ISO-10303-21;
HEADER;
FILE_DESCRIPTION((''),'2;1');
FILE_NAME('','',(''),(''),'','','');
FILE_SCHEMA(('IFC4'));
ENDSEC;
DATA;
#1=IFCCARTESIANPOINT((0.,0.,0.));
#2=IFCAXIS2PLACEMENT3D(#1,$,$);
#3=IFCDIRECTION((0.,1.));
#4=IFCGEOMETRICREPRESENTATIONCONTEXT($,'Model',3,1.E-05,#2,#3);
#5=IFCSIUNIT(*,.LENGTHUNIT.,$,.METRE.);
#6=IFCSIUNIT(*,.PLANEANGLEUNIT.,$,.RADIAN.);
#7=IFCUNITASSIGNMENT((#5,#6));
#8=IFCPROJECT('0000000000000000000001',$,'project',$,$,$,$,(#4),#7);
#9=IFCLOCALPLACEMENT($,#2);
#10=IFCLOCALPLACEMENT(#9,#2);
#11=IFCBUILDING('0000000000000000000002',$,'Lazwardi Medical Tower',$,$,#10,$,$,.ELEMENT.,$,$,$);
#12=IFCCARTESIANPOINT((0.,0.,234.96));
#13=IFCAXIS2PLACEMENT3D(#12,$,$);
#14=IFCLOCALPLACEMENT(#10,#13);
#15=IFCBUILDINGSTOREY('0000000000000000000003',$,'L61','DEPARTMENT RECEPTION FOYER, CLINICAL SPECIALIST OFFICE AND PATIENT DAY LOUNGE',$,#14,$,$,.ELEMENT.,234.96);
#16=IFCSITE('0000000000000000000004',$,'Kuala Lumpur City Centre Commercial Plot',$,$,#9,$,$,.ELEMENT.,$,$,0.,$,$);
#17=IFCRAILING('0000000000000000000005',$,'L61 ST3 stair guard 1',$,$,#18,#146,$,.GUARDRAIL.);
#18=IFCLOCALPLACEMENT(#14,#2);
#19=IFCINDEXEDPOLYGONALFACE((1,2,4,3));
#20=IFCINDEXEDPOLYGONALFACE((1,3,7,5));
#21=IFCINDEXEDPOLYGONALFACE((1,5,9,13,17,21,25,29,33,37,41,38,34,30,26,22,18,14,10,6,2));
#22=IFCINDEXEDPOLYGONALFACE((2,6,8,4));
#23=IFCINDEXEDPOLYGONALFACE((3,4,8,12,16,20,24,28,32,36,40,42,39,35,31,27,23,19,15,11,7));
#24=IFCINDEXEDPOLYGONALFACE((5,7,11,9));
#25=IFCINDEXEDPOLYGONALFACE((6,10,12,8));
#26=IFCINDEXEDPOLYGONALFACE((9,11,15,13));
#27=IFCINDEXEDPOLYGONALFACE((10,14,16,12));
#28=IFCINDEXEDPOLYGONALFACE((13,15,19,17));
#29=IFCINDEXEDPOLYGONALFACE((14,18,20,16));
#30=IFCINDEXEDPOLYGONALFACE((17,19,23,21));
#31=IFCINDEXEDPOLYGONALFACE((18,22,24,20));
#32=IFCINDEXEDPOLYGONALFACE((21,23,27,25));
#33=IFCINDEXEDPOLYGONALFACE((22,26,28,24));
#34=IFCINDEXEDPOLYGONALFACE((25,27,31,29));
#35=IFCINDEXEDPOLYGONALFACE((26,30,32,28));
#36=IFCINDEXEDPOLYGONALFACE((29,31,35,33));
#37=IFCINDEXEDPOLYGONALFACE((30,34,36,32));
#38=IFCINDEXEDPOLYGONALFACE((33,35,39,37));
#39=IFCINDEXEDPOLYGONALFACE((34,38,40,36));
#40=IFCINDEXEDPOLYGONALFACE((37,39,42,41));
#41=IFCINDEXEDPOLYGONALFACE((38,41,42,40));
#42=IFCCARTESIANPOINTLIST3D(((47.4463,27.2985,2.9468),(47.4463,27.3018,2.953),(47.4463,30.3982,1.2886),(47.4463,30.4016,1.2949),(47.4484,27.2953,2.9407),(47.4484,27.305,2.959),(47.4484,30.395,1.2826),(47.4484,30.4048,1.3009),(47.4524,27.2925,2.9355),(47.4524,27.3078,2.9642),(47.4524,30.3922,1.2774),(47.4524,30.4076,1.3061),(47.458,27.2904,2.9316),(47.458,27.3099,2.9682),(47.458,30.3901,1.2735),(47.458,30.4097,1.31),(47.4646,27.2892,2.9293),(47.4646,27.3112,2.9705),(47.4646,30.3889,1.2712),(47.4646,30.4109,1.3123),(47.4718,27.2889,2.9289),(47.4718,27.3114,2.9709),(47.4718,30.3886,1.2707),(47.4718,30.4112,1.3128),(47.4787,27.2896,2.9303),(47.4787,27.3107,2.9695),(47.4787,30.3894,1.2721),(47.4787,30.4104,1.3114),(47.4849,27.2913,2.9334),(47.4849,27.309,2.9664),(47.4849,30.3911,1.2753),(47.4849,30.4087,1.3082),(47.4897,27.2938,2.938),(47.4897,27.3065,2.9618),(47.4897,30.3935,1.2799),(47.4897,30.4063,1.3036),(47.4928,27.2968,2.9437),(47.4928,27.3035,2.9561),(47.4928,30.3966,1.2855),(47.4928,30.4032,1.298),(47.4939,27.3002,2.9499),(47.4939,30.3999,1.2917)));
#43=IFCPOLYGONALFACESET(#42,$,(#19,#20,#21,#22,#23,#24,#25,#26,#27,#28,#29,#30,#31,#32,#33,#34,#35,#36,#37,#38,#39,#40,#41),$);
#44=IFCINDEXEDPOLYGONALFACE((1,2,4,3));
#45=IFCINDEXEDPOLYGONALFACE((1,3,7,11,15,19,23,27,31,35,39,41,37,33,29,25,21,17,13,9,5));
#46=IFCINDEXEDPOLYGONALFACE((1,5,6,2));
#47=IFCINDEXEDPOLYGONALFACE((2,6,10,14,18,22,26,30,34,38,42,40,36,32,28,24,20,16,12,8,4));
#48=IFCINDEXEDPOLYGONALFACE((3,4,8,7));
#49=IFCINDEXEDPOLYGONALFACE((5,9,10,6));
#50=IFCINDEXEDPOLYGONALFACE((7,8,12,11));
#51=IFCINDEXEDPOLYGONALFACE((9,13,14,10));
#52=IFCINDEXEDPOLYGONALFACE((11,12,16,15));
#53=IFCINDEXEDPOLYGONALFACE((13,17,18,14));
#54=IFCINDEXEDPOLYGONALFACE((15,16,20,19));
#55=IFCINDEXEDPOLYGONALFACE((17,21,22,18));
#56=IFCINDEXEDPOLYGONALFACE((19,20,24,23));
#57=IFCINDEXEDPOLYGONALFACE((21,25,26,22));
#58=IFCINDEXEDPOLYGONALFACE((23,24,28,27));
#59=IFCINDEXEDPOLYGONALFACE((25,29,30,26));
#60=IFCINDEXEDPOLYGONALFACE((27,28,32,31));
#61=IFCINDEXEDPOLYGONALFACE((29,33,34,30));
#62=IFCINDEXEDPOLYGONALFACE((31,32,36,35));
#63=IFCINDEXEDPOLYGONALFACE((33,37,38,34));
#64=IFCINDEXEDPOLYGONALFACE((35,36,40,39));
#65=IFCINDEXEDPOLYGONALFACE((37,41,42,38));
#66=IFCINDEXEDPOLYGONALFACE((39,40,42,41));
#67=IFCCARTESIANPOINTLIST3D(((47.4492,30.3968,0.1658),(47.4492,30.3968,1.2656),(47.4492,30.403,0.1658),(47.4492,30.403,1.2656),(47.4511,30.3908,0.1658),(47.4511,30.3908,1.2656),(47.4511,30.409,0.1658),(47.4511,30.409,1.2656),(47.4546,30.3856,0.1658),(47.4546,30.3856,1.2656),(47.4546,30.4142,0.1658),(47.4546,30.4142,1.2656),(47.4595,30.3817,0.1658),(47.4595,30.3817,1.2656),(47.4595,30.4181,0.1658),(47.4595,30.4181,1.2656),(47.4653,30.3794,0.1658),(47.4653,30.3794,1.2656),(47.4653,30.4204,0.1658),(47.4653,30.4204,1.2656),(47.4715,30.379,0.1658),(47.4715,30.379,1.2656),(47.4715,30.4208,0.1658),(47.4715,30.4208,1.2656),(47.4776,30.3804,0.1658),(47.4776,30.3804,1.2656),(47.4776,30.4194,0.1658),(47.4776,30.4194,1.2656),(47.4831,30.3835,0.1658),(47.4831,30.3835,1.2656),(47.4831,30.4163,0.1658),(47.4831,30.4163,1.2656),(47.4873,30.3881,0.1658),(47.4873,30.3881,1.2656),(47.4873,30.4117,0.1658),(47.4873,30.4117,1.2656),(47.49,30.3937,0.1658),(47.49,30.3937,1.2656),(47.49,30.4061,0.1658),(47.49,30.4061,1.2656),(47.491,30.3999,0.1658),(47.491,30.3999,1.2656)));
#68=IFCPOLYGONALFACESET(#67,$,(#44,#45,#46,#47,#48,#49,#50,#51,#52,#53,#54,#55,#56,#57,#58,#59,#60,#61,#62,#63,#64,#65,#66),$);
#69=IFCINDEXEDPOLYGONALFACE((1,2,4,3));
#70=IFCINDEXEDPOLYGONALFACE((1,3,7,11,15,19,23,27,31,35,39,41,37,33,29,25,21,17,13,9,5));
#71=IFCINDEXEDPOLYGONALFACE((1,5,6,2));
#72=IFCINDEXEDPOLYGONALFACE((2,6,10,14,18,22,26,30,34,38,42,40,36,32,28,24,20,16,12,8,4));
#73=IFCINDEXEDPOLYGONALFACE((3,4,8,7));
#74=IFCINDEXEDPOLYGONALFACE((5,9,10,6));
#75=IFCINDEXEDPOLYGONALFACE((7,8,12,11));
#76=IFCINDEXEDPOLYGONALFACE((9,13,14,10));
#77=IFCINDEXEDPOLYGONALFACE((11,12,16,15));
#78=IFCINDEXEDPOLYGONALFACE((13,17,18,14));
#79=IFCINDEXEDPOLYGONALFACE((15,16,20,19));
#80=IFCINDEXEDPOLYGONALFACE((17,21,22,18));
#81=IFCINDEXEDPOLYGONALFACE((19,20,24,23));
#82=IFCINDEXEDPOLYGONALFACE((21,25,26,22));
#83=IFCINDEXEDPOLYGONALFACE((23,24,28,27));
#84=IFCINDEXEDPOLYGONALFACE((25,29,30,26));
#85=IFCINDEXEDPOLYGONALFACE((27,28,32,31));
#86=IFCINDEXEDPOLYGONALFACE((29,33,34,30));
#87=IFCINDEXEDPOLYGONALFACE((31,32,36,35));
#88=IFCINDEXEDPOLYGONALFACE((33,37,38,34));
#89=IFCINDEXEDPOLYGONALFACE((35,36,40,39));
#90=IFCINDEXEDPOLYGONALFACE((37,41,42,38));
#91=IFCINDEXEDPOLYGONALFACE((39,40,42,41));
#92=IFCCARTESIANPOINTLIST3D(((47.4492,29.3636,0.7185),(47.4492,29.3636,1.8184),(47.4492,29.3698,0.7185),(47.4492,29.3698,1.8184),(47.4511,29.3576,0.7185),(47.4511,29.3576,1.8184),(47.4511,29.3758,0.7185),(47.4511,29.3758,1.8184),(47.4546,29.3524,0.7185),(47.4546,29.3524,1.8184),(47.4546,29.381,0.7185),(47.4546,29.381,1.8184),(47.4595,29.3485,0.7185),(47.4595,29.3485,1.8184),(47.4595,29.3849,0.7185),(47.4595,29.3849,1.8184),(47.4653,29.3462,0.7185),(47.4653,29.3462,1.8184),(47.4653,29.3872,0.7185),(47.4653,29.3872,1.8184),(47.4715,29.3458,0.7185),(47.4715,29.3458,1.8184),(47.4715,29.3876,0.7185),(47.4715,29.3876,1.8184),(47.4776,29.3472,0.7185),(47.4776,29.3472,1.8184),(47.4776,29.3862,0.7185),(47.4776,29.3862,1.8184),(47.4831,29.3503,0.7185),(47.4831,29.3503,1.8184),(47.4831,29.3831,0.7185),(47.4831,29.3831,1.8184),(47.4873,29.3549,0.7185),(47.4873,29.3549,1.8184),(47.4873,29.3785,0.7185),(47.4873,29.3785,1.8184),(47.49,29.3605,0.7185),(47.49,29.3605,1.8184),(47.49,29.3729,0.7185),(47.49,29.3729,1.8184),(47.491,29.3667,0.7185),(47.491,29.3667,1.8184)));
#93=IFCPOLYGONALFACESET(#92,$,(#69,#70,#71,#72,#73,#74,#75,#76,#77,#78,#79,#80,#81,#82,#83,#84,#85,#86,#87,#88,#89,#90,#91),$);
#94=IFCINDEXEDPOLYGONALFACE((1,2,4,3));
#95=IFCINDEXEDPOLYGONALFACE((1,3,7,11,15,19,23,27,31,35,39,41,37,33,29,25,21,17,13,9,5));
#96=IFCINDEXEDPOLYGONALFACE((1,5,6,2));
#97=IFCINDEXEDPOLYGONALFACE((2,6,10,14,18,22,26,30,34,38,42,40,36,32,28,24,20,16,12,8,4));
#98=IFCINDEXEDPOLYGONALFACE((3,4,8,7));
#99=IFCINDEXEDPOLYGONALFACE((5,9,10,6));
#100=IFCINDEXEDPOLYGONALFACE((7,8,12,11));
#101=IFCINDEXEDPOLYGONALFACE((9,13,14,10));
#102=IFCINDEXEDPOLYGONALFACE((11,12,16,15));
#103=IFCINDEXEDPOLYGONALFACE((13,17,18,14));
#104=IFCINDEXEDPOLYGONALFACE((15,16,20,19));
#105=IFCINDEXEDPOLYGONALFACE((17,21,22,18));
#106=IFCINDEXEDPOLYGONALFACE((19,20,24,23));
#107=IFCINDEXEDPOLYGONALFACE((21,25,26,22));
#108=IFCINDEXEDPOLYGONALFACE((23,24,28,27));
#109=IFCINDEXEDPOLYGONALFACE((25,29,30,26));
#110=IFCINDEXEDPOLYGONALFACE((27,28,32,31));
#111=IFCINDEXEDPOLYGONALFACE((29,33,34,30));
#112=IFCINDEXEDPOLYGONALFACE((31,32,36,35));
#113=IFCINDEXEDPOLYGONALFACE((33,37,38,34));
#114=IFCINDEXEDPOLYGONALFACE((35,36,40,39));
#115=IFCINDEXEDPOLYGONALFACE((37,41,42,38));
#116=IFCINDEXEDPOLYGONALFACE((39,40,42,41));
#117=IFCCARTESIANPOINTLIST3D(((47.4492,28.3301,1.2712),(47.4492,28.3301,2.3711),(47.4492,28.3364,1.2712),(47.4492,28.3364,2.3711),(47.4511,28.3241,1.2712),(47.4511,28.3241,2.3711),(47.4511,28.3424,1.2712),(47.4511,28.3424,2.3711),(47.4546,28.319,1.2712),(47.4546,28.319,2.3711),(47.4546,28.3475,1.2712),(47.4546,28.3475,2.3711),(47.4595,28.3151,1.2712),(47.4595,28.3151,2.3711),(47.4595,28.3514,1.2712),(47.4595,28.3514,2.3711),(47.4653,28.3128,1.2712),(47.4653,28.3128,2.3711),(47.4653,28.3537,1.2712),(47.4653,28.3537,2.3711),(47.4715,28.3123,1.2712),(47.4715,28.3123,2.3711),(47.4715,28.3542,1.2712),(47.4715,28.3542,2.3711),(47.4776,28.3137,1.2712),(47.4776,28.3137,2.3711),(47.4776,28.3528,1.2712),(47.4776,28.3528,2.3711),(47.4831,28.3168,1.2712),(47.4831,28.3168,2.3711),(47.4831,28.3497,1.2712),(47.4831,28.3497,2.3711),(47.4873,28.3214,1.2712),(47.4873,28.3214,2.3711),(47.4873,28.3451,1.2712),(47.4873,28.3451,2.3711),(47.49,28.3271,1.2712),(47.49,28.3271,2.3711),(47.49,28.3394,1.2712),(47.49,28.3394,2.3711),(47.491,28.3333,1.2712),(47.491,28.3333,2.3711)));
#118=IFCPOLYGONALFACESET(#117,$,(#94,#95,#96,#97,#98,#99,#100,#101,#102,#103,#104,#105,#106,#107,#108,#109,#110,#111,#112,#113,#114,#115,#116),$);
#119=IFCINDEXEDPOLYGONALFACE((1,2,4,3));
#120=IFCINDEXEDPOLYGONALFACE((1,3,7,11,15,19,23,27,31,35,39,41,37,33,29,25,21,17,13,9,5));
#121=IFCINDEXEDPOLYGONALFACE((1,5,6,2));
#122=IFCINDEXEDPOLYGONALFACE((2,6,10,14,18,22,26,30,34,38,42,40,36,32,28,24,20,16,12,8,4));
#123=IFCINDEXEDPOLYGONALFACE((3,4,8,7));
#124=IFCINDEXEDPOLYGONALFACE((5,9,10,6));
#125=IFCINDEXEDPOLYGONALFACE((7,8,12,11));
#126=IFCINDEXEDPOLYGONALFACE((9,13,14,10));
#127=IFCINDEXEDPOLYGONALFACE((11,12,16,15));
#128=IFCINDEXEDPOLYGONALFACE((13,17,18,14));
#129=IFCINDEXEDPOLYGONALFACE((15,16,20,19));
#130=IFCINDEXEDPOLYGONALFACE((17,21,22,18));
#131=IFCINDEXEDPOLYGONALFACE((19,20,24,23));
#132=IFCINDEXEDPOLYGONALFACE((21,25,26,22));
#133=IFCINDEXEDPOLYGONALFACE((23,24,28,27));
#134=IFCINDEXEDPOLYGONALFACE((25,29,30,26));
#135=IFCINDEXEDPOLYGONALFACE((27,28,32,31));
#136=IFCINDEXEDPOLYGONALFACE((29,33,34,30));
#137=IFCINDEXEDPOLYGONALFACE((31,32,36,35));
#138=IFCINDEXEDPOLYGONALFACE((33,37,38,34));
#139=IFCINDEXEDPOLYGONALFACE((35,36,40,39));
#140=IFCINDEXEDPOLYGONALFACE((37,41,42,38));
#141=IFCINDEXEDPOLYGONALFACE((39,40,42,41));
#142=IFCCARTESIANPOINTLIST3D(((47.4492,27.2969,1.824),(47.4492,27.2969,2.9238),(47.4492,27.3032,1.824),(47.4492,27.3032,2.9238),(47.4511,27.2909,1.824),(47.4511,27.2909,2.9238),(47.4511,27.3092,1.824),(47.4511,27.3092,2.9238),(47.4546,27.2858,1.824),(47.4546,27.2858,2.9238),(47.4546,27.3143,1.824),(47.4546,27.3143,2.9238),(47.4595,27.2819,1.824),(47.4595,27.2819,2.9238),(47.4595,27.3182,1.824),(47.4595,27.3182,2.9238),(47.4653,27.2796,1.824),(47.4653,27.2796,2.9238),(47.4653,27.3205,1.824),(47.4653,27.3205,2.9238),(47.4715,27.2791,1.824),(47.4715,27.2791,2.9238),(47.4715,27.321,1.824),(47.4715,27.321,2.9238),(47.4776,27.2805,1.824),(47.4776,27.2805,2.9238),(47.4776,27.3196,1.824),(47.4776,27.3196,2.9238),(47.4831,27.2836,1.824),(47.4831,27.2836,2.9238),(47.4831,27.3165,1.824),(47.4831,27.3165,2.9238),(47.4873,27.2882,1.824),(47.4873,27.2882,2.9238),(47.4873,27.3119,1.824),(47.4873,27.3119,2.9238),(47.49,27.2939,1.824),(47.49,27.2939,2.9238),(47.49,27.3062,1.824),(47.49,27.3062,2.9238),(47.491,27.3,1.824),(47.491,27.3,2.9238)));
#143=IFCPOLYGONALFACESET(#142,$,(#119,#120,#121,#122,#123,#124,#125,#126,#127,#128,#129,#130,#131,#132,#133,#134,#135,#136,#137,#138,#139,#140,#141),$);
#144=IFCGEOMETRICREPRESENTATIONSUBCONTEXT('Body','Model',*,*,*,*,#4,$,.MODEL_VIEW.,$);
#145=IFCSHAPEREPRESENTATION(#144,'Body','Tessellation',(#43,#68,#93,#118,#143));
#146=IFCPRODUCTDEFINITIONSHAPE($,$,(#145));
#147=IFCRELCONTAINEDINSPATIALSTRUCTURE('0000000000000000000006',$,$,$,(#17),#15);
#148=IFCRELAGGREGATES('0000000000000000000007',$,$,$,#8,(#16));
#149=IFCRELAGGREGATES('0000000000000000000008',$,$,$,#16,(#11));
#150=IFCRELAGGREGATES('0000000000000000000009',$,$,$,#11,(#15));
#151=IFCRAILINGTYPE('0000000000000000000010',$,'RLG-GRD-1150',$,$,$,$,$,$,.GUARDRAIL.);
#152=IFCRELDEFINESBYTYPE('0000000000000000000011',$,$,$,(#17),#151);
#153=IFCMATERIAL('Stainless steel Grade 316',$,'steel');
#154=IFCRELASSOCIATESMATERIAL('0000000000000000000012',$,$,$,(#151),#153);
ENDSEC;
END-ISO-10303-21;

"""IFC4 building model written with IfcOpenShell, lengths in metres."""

from ifc_helpers import new_model, si_unit, direction, frame, origin, origin_2d, place, context, subcontext, project, spatial, circle, extrude, material, type_object, element, save


model = new_model("IFC4")

# Units and contexts
model_context = context("Model", 3, precision=1e-05, world=origin(), true_north=direction((0.0, 1.0)))
body_context = subcontext(model_context, "Body", "Model", "MODEL_VIEW")
ifc_project = project(units=[si_unit("LENGTHUNIT", "METRE"), si_unit("PLANEANGLEUNIT", "RADIAN")], contexts=[model_context])

# Site, building, storey
site_placement = place(None, origin())
site = spatial("IfcSite", under=ifc_project, at=site_placement, Name="Kuala Lumpur City Centre Commercial Plot", CompositionType="ELEMENT", RefElevation=0.0)
building_placement = place(site_placement, origin())
building = spatial("IfcBuilding", under=site, at=building_placement, Name="Lazwardi Medical Tower", CompositionType="ELEMENT")
storey_placement = place(building_placement, frame((0.0, 0.0, 234.96)))
storey = spatial("IfcBuildingStorey", under=building, at=storey_placement, Name="L61", Description="DEPARTMENT RECEPTION FOYER, CLINICAL SPECIALIST OFFICE AND PATIENT DAY LOUNGE", CompositionType="ELEMENT", Elevation=234.96)

# Railing
ifc_material_1 = material(Name="Stainless steel Grade 316", Category="steel")
railing_type = type_object("IfcRailingType", Name="RLG-GRD-1150", PredefinedType="GUARDRAIL", material=ifc_material_1)
railing_1_placement = place(storey_placement, frame((47.47, 30.3999, 0.1658)))
element("IfcRailing", 1, at=railing_1_placement, inside=storey, type_object=railing_type, Name="L61 ST3 stair guard 1", PredefinedType="GUARDRAIL", context=body_context, shape_type="SweptSolid", body=[
    extrude(circle(Radius=0.0239, at=origin_2d()), frame((0.0, 0.0, 1.126), z_axis=(0.0, -0.881768, 0.471684), x_axis=(1.0, 0.0, 0.0)), (0.0, 0.0, 1.0), 3.5154),
    extrude(circle(Radius=0.021, at=origin_2d()), origin(), (0.0, 0.0, 1.0), 1.0999),
    extrude(circle(Radius=0.021, at=origin_2d()), frame((0.0, -1.0332, 0.5527)), (0.0, 0.0, 1.0), 1.0999),
    extrude(circle(Radius=0.021, at=origin_2d()), frame((0.0, -2.0667, 1.1055)), (0.0, 0.0, 1.0), 1.0999),
    extrude(circle(Radius=0.021, at=origin_2d()), frame((0.0, -3.0999, 1.6582)), (0.0, 0.0, 1.0), 1.0999),
])

save(model, "model.ifc")
